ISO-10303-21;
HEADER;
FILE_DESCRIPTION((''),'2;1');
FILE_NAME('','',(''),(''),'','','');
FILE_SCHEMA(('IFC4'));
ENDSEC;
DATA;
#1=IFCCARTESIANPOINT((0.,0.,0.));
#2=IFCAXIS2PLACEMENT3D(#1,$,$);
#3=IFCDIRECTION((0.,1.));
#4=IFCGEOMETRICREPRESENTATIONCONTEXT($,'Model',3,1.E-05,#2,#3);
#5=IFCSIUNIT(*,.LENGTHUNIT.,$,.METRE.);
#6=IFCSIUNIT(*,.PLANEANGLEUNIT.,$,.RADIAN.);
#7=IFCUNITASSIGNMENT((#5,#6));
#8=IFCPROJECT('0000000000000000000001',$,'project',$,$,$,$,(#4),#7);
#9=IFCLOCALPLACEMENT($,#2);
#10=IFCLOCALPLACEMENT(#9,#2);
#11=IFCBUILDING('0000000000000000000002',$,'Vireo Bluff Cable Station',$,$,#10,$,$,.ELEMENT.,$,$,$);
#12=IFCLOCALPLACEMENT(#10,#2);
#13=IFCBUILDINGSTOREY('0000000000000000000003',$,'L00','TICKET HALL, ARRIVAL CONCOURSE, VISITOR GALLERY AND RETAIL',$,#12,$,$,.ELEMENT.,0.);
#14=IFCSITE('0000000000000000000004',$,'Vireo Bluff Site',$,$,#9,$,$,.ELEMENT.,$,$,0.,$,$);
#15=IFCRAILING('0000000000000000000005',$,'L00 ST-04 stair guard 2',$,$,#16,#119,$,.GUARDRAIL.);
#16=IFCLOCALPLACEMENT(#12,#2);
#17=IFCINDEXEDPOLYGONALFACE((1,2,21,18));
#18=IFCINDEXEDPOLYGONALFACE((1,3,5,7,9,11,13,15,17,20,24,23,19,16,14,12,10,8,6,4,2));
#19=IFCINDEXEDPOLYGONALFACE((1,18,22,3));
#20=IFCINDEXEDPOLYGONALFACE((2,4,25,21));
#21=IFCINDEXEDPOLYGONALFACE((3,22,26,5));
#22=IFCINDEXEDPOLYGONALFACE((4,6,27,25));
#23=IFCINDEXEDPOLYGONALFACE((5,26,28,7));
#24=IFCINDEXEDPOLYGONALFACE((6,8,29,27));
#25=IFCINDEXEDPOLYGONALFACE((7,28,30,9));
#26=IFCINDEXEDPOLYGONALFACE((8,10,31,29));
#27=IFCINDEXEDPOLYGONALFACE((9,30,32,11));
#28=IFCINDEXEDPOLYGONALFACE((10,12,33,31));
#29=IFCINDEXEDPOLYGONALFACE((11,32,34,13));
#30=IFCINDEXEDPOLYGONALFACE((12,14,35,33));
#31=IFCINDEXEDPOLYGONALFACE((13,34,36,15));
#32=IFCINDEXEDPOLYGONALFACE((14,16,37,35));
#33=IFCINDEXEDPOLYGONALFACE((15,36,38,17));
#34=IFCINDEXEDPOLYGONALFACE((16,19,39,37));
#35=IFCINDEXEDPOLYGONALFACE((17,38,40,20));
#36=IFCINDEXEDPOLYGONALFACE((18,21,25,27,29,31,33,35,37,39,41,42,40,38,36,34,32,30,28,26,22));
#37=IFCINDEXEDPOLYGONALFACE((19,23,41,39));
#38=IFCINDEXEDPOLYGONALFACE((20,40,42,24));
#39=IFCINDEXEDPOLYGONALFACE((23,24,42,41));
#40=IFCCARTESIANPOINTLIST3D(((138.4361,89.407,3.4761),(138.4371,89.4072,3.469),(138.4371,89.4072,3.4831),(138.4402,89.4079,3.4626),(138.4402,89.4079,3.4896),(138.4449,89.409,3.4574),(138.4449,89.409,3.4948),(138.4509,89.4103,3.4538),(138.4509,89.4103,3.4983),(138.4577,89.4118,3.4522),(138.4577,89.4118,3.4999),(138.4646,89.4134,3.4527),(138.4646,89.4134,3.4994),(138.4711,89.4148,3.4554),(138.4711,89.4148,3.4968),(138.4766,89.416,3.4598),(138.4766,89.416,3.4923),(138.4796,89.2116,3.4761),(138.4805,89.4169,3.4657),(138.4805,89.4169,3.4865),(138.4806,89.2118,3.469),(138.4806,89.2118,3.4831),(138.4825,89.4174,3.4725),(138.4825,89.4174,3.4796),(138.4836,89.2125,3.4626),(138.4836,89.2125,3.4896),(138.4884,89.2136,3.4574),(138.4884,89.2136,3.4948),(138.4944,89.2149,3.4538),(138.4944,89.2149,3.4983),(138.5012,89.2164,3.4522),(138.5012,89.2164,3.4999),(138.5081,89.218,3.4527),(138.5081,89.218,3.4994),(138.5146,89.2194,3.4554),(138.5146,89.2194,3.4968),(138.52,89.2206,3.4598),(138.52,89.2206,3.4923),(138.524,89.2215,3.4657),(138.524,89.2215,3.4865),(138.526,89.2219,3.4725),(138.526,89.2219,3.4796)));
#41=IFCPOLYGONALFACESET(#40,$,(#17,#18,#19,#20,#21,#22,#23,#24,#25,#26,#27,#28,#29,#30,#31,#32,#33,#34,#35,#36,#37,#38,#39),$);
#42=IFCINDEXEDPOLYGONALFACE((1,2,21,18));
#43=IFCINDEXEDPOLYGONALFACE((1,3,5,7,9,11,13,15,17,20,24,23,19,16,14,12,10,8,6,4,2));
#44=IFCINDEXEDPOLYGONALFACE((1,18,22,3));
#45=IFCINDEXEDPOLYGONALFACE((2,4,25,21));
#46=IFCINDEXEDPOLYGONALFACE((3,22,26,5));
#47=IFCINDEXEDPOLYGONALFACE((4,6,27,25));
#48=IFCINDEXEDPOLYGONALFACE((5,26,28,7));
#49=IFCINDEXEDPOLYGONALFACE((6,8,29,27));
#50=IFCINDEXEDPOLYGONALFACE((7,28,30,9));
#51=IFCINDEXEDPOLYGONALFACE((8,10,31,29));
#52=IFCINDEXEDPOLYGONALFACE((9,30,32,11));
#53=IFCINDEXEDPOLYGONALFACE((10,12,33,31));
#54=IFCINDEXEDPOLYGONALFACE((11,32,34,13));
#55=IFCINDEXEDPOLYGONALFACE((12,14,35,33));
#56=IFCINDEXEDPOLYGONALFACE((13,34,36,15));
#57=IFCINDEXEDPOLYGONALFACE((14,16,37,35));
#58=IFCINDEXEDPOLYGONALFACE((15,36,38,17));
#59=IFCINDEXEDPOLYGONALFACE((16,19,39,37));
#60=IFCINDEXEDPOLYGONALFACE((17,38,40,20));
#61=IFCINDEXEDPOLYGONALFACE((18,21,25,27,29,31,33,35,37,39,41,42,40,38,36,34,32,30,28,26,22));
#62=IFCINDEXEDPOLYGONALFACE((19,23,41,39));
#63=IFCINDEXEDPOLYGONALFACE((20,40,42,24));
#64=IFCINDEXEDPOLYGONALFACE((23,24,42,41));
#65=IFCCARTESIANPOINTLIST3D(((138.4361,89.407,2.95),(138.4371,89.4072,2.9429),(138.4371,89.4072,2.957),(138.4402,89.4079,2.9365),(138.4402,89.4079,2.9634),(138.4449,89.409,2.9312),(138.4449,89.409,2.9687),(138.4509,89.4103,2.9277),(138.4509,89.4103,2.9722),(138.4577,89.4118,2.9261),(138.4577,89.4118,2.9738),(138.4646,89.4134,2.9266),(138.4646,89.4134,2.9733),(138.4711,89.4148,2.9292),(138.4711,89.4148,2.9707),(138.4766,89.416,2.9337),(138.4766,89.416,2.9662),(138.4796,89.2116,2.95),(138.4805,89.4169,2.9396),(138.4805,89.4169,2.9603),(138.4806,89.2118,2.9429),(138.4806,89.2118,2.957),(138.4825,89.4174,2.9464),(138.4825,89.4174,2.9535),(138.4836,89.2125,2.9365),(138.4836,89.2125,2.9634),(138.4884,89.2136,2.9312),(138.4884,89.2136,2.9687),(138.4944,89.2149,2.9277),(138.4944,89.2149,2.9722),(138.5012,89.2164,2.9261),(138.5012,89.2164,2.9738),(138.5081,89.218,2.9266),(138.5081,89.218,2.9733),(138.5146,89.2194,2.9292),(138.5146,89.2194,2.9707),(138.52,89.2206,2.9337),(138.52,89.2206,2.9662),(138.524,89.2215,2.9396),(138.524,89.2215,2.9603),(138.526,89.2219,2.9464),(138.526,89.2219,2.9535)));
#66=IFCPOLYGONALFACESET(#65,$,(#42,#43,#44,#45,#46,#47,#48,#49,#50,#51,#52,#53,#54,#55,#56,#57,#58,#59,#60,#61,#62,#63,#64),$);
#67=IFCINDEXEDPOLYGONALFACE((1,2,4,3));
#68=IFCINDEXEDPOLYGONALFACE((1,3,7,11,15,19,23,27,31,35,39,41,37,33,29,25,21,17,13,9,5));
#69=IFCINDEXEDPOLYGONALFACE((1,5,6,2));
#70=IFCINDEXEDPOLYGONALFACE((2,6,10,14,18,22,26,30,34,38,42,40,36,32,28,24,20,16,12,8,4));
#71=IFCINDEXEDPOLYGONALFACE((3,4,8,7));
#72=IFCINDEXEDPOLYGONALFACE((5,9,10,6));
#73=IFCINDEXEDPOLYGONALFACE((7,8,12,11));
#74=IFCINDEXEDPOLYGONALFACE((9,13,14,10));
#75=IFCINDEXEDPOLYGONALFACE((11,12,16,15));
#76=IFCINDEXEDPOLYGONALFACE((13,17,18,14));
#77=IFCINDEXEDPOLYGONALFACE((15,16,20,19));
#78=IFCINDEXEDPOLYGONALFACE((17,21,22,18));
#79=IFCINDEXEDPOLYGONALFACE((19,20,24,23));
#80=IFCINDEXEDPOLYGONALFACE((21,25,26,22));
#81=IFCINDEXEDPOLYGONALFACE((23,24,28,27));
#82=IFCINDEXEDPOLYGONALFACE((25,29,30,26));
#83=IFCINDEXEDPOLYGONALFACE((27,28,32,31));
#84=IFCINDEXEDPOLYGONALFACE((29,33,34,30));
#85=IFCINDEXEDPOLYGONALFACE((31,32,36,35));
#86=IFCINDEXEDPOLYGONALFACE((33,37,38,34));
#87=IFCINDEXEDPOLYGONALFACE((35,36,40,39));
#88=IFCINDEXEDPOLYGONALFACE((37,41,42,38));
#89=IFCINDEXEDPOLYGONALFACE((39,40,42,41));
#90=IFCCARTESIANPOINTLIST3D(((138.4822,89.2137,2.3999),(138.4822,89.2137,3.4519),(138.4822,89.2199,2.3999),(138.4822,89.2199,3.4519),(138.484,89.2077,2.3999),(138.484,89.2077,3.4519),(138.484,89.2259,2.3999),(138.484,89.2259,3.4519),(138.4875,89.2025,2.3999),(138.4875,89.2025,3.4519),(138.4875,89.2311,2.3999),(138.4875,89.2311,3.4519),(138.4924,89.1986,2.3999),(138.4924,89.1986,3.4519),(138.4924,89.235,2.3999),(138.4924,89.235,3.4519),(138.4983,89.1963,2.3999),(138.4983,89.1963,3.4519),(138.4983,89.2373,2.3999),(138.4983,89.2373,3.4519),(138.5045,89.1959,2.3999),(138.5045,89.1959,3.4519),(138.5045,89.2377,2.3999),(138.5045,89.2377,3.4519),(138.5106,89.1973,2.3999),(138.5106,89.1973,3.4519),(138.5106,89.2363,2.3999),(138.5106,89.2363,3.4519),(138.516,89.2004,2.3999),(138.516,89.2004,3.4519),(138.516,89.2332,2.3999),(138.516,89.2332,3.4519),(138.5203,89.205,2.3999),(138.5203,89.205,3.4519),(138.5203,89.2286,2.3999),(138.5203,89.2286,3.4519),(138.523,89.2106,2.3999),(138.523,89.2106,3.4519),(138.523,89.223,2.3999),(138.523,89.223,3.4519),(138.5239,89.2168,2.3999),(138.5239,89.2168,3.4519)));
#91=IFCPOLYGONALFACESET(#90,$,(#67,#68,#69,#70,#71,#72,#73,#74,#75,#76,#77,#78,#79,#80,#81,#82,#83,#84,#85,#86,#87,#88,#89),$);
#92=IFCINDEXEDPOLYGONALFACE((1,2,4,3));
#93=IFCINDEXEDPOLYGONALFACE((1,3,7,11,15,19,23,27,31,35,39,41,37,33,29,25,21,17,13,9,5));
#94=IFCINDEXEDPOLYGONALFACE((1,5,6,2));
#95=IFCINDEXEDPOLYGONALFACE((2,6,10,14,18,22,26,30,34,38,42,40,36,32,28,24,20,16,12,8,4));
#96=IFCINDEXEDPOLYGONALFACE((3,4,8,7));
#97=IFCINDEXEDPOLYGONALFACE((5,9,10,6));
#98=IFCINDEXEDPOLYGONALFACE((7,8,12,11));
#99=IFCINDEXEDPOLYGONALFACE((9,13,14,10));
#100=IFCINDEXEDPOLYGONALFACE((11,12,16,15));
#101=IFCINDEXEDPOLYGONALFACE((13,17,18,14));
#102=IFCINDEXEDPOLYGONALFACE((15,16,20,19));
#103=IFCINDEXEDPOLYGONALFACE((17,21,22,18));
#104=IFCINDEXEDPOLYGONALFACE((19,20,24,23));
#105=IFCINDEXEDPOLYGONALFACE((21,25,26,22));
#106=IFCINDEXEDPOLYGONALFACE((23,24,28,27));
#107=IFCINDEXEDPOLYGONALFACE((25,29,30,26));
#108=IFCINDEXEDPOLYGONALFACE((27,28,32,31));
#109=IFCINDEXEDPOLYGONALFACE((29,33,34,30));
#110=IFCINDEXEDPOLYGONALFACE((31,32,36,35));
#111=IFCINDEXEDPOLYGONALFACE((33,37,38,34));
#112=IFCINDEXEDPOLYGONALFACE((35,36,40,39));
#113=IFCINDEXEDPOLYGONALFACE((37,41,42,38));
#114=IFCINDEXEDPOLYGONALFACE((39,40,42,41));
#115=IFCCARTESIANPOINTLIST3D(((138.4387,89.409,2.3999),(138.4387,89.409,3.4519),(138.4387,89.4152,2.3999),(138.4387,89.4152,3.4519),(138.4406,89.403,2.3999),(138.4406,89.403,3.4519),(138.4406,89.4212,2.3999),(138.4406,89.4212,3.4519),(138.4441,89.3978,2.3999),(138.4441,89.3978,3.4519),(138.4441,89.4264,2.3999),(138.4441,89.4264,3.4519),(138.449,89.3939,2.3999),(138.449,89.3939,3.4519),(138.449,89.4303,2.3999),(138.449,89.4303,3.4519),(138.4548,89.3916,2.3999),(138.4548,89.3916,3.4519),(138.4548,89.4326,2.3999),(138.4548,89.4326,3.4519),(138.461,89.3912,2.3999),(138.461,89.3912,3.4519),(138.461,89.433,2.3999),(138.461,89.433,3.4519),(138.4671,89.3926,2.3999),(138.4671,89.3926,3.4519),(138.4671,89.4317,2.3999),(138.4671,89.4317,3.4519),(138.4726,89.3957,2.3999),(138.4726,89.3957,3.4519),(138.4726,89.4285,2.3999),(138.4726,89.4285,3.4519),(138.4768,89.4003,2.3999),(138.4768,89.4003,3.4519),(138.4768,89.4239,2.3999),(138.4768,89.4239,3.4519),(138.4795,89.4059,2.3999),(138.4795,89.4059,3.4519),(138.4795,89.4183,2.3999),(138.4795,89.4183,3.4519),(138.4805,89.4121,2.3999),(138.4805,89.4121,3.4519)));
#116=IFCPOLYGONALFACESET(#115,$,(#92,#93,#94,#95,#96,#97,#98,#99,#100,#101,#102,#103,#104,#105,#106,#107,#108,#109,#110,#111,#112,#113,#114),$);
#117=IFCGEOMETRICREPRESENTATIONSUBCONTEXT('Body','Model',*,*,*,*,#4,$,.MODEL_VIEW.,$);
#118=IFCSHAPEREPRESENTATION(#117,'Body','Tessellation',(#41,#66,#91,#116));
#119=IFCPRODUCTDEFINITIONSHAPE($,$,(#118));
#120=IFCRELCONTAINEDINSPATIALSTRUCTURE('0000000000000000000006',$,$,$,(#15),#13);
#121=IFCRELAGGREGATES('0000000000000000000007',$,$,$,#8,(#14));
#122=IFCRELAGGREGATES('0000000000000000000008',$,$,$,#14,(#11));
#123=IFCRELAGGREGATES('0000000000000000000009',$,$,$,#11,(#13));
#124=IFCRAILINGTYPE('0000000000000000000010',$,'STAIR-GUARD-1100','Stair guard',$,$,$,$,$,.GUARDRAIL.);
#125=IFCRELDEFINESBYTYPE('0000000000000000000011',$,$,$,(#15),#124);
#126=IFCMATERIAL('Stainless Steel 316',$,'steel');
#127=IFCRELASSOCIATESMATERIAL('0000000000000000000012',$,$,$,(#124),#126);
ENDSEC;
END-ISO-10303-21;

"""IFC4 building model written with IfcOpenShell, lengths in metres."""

from ifc_helpers import new_model, si_unit, direction, frame, origin, origin_2d, place, context, subcontext, project, spatial, circle, extrude, material, type_object, element, save


model = new_model("IFC4")

# Units and contexts
model_context = context("Model", 3, precision=1e-05, world=origin(), true_north=direction((0.0, 1.0)))
body_context = subcontext(model_context, "Body", "Model", "MODEL_VIEW")
ifc_project = project(units=[si_unit("LENGTHUNIT", "METRE"), si_unit("PLANEANGLEUNIT", "RADIAN")], contexts=[model_context])

# Site, building, storey
site_placement = place(None, origin())
site = spatial("IfcSite", under=ifc_project, at=site_placement, Name="Vireo Bluff Site", CompositionType="ELEMENT", RefElevation=0.0)
building_placement = place(site_placement, origin())
building = spatial("IfcBuilding", under=site, at=building_placement, Name="Vireo Bluff Cable Station", CompositionType="ELEMENT")
storey_placement = place(building_placement, origin())
storey = spatial("IfcBuildingStorey", under=building, at=storey_placement, Name="L00", Description="TICKET HALL, ARRIVAL CONCOURSE, VISITOR GALLERY AND RETAIL", CompositionType="ELEMENT", Elevation=0.0)

# Shared definitions
ifc_material_1 = material(Name="Stainless Steel 316", Category="steel")

# Railing
railing_type_1 = type_object("IfcRailingType", Name="STAIR-GUARD-1100", Description="Stair guard", PredefinedType="GUARDRAIL", material=ifc_material_1)
railing_1_placement = place(storey_placement, frame((138.5029, 89.2168, 2.3999)))
element("IfcRailing", 1, at=railing_1_placement, inside=storey, type_object=railing_type_1, Name="L00 ST-04 stair guard 2", PredefinedType="GUARDRAIL", context=body_context, shape_type="SweptSolid", body=[
    extrude(circle(Radius=0.0239, at=origin_2d()), frame((0.0, 0.0, 1.0762), z_axis=(-0.217189, 0.97613, 0.0), x_axis=(-0.97613, -0.217189, 0.0)), (0.0, 0.0, 1.0), 0.2002),
    extrude(circle(Radius=0.0239, at=origin_2d()), frame((0.0, 0.0, 0.55), z_axis=(-0.217189, 0.97613, 0.0), x_axis=(-0.97613, -0.217189, 0.0)), (0.0, 0.0, 1.0), 0.2002),
    extrude(circle(Radius=0.021, at=origin_2d()), origin(), (0.0, 0.0, 1.0), 1.052),
    extrude(circle(Radius=0.021, at=origin_2d()), frame((-0.0435, 0.1953, 0.0)), (0.0, 0.0, 1.0), 1.052),
])

save(model, "model.ifc")
